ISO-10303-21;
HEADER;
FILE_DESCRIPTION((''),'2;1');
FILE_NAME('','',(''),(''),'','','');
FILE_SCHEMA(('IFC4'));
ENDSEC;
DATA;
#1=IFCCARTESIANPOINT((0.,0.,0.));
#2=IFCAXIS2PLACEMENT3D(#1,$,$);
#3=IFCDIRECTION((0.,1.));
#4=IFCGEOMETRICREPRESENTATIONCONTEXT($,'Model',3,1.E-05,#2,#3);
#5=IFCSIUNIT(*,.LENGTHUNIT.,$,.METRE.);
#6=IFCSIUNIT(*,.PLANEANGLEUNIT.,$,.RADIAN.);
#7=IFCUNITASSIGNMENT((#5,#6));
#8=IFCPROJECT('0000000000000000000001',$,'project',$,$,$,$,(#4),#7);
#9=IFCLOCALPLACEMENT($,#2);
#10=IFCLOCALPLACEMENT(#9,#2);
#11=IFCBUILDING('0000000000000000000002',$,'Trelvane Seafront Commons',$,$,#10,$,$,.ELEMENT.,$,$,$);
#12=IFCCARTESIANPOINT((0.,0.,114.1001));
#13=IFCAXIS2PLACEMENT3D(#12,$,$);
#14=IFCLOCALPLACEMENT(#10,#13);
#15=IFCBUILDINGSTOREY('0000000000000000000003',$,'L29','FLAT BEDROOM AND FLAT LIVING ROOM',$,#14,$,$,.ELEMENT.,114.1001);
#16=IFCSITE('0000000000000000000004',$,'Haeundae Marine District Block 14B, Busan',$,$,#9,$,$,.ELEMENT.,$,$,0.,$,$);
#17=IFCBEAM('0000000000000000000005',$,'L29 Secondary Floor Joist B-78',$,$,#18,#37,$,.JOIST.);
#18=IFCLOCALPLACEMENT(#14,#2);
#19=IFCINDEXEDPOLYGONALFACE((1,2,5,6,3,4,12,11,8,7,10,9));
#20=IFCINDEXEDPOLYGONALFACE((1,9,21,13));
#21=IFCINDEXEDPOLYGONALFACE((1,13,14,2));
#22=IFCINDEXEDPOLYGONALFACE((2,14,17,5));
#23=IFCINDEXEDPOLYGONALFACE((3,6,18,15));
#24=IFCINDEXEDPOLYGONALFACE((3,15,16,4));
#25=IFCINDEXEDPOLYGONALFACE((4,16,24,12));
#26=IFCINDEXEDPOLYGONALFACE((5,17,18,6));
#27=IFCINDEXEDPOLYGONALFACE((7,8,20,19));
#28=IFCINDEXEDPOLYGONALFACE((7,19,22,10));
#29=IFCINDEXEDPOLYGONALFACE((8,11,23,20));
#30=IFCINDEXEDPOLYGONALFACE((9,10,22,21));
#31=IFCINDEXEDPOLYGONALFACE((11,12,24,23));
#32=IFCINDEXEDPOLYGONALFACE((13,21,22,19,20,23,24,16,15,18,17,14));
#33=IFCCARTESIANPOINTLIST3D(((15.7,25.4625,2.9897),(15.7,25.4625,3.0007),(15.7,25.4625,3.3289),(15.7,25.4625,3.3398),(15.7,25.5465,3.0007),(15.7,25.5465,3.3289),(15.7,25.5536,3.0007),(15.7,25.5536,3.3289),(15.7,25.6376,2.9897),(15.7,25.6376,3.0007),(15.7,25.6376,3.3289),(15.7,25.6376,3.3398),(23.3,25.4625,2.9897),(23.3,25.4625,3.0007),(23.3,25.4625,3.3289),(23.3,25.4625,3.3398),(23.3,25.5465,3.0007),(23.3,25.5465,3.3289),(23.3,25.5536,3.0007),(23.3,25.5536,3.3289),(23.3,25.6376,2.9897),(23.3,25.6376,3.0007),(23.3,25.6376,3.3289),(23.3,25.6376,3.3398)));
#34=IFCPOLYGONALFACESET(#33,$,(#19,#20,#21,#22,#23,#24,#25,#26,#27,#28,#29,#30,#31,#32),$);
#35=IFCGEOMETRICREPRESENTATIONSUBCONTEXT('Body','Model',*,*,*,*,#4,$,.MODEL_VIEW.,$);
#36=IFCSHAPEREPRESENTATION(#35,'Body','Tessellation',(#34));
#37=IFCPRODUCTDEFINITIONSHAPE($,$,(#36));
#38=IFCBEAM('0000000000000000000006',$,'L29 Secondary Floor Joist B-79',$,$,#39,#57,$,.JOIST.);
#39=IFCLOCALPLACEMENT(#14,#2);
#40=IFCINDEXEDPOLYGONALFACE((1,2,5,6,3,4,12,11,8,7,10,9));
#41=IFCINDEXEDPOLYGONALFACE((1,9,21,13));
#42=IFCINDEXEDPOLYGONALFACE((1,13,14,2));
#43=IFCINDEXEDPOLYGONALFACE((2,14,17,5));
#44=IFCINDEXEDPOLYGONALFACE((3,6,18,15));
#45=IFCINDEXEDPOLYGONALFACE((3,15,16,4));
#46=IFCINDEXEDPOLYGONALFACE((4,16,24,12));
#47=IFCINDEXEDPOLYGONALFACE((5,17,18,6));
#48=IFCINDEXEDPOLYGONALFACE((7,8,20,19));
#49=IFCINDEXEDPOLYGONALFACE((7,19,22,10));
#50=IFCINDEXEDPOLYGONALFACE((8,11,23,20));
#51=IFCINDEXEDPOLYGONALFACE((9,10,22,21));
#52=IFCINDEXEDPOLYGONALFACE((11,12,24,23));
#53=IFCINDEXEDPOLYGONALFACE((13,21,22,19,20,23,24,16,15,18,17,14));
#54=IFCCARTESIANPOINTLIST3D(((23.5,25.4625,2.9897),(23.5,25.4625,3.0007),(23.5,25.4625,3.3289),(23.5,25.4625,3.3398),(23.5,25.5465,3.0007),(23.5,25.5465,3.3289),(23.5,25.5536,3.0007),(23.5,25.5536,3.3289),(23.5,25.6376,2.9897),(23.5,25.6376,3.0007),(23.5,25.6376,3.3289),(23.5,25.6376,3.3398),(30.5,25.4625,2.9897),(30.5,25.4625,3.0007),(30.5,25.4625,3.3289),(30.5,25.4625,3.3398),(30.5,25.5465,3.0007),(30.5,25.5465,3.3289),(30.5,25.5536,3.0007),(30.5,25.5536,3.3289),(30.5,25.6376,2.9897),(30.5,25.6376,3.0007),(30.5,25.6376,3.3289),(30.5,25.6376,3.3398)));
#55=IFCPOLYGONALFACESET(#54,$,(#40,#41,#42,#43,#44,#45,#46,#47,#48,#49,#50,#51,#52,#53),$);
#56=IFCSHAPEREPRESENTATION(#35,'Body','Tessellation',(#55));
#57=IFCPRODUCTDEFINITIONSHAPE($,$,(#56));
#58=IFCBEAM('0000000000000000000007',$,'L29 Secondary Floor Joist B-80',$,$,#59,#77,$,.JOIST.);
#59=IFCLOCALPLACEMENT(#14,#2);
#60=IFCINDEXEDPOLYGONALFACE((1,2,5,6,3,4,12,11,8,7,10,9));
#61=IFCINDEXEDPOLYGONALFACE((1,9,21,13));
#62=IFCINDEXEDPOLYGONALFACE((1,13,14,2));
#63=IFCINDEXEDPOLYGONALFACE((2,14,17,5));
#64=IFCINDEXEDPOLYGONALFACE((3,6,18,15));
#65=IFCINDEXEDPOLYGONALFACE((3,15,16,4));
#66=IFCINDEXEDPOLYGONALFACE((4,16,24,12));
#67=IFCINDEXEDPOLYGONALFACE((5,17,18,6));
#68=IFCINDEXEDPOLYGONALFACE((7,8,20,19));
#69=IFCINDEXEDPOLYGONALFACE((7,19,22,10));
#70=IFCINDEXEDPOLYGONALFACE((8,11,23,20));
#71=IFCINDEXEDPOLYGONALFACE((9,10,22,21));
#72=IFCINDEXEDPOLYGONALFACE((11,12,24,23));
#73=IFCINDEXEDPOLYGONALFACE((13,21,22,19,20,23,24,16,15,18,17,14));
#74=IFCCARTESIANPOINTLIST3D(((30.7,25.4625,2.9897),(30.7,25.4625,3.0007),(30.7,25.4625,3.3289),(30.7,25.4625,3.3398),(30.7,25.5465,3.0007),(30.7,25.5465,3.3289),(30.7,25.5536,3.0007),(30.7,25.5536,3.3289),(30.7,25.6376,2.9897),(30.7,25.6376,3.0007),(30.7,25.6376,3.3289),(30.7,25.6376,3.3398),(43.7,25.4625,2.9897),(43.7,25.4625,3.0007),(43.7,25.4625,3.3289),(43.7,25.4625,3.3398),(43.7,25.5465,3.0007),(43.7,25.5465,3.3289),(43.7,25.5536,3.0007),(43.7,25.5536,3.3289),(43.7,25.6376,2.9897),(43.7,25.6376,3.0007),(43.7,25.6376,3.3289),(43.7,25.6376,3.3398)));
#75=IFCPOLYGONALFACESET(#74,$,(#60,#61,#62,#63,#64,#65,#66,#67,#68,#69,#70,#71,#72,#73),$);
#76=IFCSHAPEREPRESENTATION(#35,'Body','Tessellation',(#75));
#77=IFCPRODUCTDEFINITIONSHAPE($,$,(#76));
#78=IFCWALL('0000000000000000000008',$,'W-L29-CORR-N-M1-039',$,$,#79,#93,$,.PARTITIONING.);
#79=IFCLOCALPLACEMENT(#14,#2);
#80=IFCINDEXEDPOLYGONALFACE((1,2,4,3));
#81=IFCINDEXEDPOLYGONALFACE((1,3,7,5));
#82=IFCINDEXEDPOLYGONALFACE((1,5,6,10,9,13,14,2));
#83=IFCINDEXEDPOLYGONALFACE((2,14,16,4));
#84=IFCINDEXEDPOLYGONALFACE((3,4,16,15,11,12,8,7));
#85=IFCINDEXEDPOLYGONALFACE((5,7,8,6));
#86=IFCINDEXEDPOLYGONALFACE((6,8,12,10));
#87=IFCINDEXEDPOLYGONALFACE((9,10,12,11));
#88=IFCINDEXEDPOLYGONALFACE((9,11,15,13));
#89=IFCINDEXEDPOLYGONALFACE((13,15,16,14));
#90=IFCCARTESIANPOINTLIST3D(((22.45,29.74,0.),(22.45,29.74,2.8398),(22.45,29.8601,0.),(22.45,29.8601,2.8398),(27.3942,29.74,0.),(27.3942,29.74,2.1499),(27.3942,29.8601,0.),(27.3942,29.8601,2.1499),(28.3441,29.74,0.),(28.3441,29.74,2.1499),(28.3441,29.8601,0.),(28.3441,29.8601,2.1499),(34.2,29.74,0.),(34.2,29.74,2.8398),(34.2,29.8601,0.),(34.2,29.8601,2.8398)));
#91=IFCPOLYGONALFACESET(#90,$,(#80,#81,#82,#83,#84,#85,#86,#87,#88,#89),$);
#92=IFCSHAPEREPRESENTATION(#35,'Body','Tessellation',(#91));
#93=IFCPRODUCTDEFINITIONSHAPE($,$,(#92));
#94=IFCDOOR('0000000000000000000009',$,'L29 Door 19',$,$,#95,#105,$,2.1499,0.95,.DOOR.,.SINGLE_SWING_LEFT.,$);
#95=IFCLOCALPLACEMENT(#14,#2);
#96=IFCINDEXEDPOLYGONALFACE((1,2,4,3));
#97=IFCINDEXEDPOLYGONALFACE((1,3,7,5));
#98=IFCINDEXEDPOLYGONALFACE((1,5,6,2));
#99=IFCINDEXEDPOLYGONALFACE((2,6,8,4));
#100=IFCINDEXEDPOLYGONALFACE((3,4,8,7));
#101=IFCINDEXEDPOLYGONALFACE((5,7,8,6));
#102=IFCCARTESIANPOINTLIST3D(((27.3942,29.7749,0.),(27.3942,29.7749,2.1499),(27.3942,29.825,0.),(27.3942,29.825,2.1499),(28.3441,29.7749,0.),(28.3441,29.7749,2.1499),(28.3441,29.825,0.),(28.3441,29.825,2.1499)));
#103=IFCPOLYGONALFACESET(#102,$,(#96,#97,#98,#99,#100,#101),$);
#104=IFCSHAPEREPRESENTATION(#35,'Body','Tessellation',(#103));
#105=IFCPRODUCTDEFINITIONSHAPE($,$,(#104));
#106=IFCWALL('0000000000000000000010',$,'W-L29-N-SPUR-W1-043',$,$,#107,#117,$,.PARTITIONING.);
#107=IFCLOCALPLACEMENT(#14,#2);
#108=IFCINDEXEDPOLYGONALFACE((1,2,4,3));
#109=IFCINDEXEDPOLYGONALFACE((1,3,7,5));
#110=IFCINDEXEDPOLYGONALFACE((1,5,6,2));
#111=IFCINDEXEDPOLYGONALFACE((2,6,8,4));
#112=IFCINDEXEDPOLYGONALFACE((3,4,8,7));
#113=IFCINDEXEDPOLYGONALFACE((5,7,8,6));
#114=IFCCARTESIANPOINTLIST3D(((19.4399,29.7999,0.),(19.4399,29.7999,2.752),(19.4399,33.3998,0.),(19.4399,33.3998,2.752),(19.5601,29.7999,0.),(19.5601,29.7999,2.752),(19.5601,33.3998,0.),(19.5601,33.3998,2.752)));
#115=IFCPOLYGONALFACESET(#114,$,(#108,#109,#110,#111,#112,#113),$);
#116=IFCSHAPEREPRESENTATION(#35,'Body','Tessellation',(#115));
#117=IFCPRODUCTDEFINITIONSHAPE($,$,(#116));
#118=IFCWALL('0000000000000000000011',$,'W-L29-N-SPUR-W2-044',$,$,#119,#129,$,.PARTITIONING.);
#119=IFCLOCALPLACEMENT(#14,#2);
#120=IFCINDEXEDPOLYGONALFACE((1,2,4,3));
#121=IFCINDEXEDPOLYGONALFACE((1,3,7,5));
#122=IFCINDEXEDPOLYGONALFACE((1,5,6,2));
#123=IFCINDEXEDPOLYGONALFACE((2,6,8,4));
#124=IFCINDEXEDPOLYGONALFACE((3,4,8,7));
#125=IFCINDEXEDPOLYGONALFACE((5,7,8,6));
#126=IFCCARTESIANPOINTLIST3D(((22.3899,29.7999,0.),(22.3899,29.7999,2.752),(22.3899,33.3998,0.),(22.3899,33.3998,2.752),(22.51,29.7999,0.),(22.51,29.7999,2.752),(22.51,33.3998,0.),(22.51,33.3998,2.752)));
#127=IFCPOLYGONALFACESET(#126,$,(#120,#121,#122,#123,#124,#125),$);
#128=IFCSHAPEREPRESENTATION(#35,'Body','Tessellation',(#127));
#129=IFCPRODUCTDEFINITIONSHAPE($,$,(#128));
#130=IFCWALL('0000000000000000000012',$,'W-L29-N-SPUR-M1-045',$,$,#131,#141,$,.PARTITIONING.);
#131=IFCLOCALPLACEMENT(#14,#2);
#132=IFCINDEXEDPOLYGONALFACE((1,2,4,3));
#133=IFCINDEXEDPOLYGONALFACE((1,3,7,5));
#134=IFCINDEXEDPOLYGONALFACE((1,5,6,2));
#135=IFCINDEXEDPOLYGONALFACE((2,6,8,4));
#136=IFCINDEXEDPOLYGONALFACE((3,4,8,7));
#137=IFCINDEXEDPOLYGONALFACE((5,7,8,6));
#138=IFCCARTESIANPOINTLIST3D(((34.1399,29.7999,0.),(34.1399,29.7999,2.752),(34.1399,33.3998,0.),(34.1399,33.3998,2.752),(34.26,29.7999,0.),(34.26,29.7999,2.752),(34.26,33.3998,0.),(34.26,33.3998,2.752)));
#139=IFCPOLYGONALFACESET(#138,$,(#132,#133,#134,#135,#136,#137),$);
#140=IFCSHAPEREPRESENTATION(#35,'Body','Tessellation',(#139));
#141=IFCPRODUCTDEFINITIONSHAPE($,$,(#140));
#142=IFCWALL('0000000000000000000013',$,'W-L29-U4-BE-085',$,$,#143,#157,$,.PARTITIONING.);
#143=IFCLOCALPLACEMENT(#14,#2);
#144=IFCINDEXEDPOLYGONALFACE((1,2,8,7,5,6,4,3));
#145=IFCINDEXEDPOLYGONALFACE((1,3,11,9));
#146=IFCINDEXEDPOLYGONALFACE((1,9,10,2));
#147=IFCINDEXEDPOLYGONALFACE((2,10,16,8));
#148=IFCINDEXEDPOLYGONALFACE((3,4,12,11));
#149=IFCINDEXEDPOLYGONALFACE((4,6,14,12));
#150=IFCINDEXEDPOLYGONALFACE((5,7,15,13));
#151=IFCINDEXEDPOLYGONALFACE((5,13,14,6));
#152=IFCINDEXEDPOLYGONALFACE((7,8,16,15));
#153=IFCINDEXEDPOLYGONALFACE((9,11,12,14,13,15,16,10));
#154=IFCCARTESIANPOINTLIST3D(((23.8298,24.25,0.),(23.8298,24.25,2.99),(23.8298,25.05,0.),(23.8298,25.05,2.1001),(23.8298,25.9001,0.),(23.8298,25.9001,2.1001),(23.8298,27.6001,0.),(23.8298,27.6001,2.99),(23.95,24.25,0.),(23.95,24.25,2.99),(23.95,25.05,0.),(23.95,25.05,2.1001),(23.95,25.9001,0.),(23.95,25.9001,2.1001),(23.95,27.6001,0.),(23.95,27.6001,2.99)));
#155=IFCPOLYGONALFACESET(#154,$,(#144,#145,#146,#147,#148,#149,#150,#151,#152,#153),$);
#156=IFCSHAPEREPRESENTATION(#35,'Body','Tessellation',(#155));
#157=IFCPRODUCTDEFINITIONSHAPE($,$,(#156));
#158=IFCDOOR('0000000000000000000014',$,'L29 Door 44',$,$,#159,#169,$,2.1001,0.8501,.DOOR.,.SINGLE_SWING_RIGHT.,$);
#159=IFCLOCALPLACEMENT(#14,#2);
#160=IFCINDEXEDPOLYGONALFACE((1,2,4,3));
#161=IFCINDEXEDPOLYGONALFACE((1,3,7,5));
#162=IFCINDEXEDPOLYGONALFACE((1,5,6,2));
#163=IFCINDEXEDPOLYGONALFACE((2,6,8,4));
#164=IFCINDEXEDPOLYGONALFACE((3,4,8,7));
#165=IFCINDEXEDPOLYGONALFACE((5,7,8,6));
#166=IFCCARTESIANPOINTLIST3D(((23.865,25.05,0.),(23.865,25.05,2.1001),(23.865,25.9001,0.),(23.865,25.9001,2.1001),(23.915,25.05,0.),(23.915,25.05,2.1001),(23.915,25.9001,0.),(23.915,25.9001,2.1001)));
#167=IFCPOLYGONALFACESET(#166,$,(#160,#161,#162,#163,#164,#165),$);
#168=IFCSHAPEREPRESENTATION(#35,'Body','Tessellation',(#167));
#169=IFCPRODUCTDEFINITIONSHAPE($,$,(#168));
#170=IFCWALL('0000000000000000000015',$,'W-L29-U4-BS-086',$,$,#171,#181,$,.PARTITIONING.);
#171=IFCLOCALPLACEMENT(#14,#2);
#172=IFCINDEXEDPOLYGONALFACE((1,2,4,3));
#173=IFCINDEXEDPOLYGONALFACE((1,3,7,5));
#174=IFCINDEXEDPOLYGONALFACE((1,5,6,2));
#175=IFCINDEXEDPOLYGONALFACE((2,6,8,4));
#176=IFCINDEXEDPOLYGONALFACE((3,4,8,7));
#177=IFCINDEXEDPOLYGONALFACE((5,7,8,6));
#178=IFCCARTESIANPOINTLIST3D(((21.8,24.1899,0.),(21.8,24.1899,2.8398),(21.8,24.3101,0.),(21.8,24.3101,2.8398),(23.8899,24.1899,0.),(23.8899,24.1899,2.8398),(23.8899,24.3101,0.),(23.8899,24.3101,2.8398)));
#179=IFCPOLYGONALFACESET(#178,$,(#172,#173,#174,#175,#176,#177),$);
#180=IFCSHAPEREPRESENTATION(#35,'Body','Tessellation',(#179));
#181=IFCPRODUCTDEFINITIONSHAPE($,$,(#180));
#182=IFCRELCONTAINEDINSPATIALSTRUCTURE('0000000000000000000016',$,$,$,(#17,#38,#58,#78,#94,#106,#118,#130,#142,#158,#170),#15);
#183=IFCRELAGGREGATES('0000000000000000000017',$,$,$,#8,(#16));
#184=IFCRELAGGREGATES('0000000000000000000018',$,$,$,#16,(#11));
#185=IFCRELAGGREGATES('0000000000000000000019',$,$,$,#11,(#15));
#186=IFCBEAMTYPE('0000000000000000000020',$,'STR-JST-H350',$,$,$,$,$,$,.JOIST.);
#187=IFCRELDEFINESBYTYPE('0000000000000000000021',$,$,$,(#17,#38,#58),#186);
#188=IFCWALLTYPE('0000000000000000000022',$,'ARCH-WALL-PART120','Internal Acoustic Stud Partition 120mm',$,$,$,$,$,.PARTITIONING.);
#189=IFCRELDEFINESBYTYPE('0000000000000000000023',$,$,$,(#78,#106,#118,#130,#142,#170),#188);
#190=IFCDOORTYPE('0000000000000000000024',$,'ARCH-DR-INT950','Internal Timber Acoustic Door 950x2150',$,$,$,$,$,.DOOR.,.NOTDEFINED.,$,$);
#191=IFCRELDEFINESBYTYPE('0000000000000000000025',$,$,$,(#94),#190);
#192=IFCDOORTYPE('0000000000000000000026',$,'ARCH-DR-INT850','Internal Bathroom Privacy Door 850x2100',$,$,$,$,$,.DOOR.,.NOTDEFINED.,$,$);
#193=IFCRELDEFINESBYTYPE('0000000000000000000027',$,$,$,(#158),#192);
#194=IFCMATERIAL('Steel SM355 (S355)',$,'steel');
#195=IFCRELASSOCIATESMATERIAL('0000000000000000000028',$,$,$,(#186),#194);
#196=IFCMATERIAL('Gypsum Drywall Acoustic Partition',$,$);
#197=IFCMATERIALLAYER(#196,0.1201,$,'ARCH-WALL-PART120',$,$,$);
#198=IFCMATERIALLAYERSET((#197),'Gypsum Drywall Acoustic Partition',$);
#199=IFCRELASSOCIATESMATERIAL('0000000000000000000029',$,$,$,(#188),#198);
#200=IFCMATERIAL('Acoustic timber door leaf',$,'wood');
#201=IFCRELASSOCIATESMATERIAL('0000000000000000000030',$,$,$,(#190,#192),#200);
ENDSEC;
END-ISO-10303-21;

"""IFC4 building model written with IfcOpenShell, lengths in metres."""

from ifc_helpers import new_model, si_unit, direction, frame, frame_2d, origin, origin_2d, place, context, subcontext, project, spatial, rectangle, i_section, extrude, source, transform, mapped, material, layer, layer_set, material_profile, profile_set, type_object, element, fill, save


model = new_model("IFC4")

# Units and contexts
model_context = context("Model", 3, precision=1e-05, world=origin(), true_north=direction((0.0, 1.0)))
body_context = subcontext(model_context, "Body", "Model", "MODEL_VIEW")
ifc_project = project(units=[si_unit("LENGTHUNIT", "METRE"), si_unit("PLANEANGLEUNIT", "RADIAN")], contexts=[model_context])

# Site, building, storey
site_placement = place(None, origin())
site = spatial("IfcSite", under=ifc_project, at=site_placement, Name="Haeundae Marine District Block 14B, Busan", CompositionType="ELEMENT", RefElevation=0.0)
building_placement = place(site_placement, origin())
building = spatial("IfcBuilding", under=site, at=building_placement, Name="Trelvane Seafront Commons", CompositionType="ELEMENT")
storey_placement = place(building_placement, frame((0.0, 0.0, 114.1001)))
storey = spatial("IfcBuildingStorey", under=building, at=storey_placement, Name="L29", Description="FLAT BEDROOM AND FLAT LIVING ROOM", CompositionType="ELEMENT", Elevation=114.1001)

# Beams
ifc_material_1 = material(Name="Steel SM355 (S355)", Category="steel")
ifc_material_profile = material_profile(ifc_material_1, i_section(OverallWidth=0.175, OverallDepth=0.3501, WebThickness=0.0071, FlangeThickness=0.011, at=origin_2d()), Name="H-350x175x7x11")
ifc_profile_set = profile_set([ifc_material_profile], Name="Steel SM355 (S355)")
beam_type = type_object("IfcBeamType", Name="STR-JST-H350", PredefinedType="JOIST", material=ifc_profile_set)
shared_shape_1 = source(origin(), body_context, "Body", "SweptSolid", [
    extrude(i_section(OverallWidth=0.175, OverallDepth=0.3501, WebThickness=0.0071, FlangeThickness=0.011, at=origin_2d()), origin(), (0.0, 0.0, 1.0), 7.6001),
])
beam_1_placement = place(storey_placement, frame((15.7, 25.55, 3.1648), z_axis=(1.0, 0.0, 0.0), x_axis=(0.0, 1.0, 0.0)))
element("IfcBeam", 1, at=beam_1_placement, inside=storey, type_object=beam_type, Name="L29 Secondary Floor Joist B-78", PredefinedType="JOIST", context=body_context, shape_type="MappedRepresentation", body=[
    mapped(shared_shape_1, transform((0.0, 0.0, 0.0), x_axis=(1.0, 0.0, 0.0), y_axis=(0.0, 1.0, 0.0), z_axis=(0.0, 0.0, 1.0), scale=1.0)),
])
shared_shape_2 = source(origin(), body_context, "Body", "SweptSolid", [
    extrude(i_section(OverallWidth=0.175, OverallDepth=0.3501, WebThickness=0.0071, FlangeThickness=0.011, at=origin_2d()), origin(), (0.0, 0.0, 1.0), 7.0),
])
beam_2_placement = place(storey_placement, frame((23.5, 25.55, 3.1648), z_axis=(1.0, 0.0, 0.0), x_axis=(0.0, 1.0, 0.0)))
element("IfcBeam", 2, at=beam_2_placement, inside=storey, type_object=beam_type, Name="L29 Secondary Floor Joist B-79", PredefinedType="JOIST", context=body_context, shape_type="MappedRepresentation", body=[
    mapped(shared_shape_2, transform((0.0, 0.0, 0.0), x_axis=(1.0, 0.0, 0.0), y_axis=(0.0, 1.0, 0.0), z_axis=(0.0, 0.0, 1.0), scale=1.0)),
])
shared_shape_3 = source(origin(), body_context, "Body", "SweptSolid", [
    extrude(i_section(OverallWidth=0.175, OverallDepth=0.3501, WebThickness=0.0071, FlangeThickness=0.011, at=origin_2d()), origin(), (0.0, 0.0, 1.0), 13.0),
])
beam_3_placement = place(storey_placement, frame((30.7, 25.55, 3.1648), z_axis=(1.0, 0.0, 0.0), x_axis=(0.0, 1.0, 0.0)))
element("IfcBeam", 3, at=beam_3_placement, inside=storey, type_object=beam_type, Name="L29 Secondary Floor Joist B-80", PredefinedType="JOIST", context=body_context, shape_type="MappedRepresentation", body=[
    mapped(shared_shape_3, transform((0.0, 0.0, 0.0), x_axis=(1.0, 0.0, 0.0), y_axis=(0.0, 1.0, 0.0), z_axis=(0.0, 0.0, 1.0), scale=1.0)),
])

# Wall, opening, door
ifc_material_2 = material(Name="Gypsum Drywall Acoustic Partition")
ifc_layer_1 = layer(ifc_material_2, 0.1201, Name="ARCH-WALL-PART120")
ifc_layer_set_1 = layer_set([ifc_layer_1], Name="Gypsum Drywall Acoustic Partition")
wall_type_1 = type_object("IfcWallType", Name="ARCH-WALL-PART120", Description="Internal Acoustic Stud Partition 120mm", PredefinedType="PARTITIONING", material=ifc_layer_set_1)
wall_1_placement = place(storey_placement, frame((22.45, 29.8, 0.0), z_axis=(0.0, 0.0, 1.0), x_axis=(1.0, 0.0, 0.0)))
wall_1 = element("IfcWall", 4, at=wall_1_placement, inside=storey, type_object=wall_type_1, Name="W-L29-CORR-N-M1-039", PredefinedType="PARTITIONING", context=body_context, shape_type="SweptSolid", body=[
    extrude(rectangle(XDim=11.75, YDim=0.1201, at=frame_2d((5.875, 0.0))), origin(), (0.0, 0.0, 1.0), 2.8398),
])
opening_1_placement = place(wall_1_placement, frame((4.9441, 0.0, 0.0)))
opening_1 = element("IfcOpeningElement", 5, at=opening_1_placement, cuts=wall_1, PredefinedType="OPENING", context=body_context, shape_type="SweptSolid", body=[
    extrude(rectangle(XDim=0.95, YDim=2.1499, at=frame_2d((0.4751, 1.075))), frame((0.0, 0.0701, 0.0), z_axis=(0.0, -1.0, 0.0), x_axis=(1.0, 0.0, 0.0)), (0.0, 0.0, 1.0), 0.1401),
])
ifc_material_3 = material(Name="Acoustic timber door leaf", Category="wood")
door_type_1 = type_object("IfcDoorType", Name="ARCH-DR-INT950", Description="Internal Timber Acoustic Door 950x2150", OperationType="NOTDEFINED", PredefinedType="DOOR", material=ifc_material_3)
shared_shape_4 = source(origin(), body_context, "Body", "SweptSolid", [
    extrude(rectangle(XDim=0.95, YDim=2.1499, at=frame_2d((0.4751, 1.075))), frame((0.0, 0.0249, 0.0), z_axis=(0.0, -1.0, 0.0), x_axis=(1.0, 0.0, 0.0)), (0.0, 0.0, 1.0), 0.05),
])
door_1_placement = place(opening_1_placement, origin())
door_1 = element("IfcDoor", 6, at=door_1_placement, inside=storey, type_object=door_type_1, Name="L29 Door 19", OperationType="SINGLE_SWING_LEFT", OverallHeight=2.1499, OverallWidth=0.95, PredefinedType="DOOR", context=body_context, shape_type="MappedRepresentation", body=[
    mapped(shared_shape_4, transform((0.0, 0.0, 0.0), x_axis=(1.0, 0.0, 0.0), y_axis=(0.0, 1.0, 0.0), z_axis=(0.0, 0.0, 1.0), scale=1.0)),
])
fill(opening_1, door_1)

# Walls
for number, where, z_axis, x_axis, name in (
    (7, (19.5, 29.8, 0.0), (0.0, 0.0, 1.0), (0.0, 1.0, 0.0), "W-L29-N-SPUR-W1-043"),
    (8, (22.45, 29.8, 0.0), (0.0, 0.0, 1.0), (0.0, 1.0, 0.0), "W-L29-N-SPUR-W2-044"),
    (9, (34.2, 29.8, 0.0), (0.0, 0.0, 1.0), (0.0, 1.0, 0.0), "W-L29-N-SPUR-M1-045"),
):
    element("IfcWall", number, at=place(storey_placement, frame(where, z_axis=z_axis, x_axis=x_axis)), inside=storey, type_object=wall_type_1, Name=name, PredefinedType="PARTITIONING", context=body_context, shape_type="SweptSolid", body=[
        extrude(rectangle(XDim=3.5999, YDim=0.1201, at=frame_2d((1.7998, 0.0))), origin(), (0.0, 0.0, 1.0), 2.752),
    ])

# Wall, opening, door
wall_2_placement = place(storey_placement, frame((23.8899, 24.25, 0.0), z_axis=(0.0, 0.0, 1.0), x_axis=(0.0, 1.0, 0.0)))
wall_2 = element("IfcWall", 10, at=wall_2_placement, inside=storey, type_object=wall_type_1, Name="W-L29-U4-BE-085", PredefinedType="PARTITIONING", context=body_context, shape_type="SweptSolid", body=[
    extrude(rectangle(XDim=3.3501, YDim=0.1201, at=frame_2d((1.675, 0.0))), origin(), (0.0, 0.0, 1.0), 2.99),
])
opening_2_placement = place(wall_2_placement, frame((0.8, 0.0, 0.0)))
opening_2 = element("IfcOpeningElement", 11, at=opening_2_placement, cuts=wall_2, PredefinedType="OPENING", context=body_context, shape_type="SweptSolid", body=[
    extrude(rectangle(XDim=0.8501, YDim=2.1001, at=frame_2d((0.425, 1.05))), frame((0.0, 0.0701, 0.0), z_axis=(0.0, -1.0, 0.0), x_axis=(1.0, 0.0, 0.0)), (0.0, 0.0, 1.0), 0.1401),
])
door_type_2 = type_object("IfcDoorType", Name="ARCH-DR-INT850", Description="Internal Bathroom Privacy Door 850x2100", OperationType="NOTDEFINED", PredefinedType="DOOR", material=ifc_material_3)
shared_shape_5 = source(origin(), body_context, "Body", "SweptSolid", [
    extrude(rectangle(XDim=0.8501, YDim=2.1001, at=frame_2d((0.425, 1.05))), frame((0.0, 0.0249, 0.0), z_axis=(0.0, -1.0, 0.0), x_axis=(1.0, 0.0, 0.0)), (0.0, 0.0, 1.0), 0.05),
])
door_2_placement = place(opening_2_placement, origin())
door_2 = element("IfcDoor", 12, at=door_2_placement, inside=storey, type_object=door_type_2, Name="L29 Door 44", OperationType="SINGLE_SWING_RIGHT", OverallHeight=2.1001, OverallWidth=0.8501, PredefinedType="DOOR", context=body_context, shape_type="MappedRepresentation", body=[
    mapped(shared_shape_5, transform((0.0, 0.0, 0.0), x_axis=(1.0, 0.0, 0.0), y_axis=(0.0, 1.0, 0.0), z_axis=(0.0, 0.0, 1.0), scale=1.0)),
])
fill(opening_2, door_2)

# Wall
wall_3_placement = place(storey_placement, frame((21.8, 24.25, 0.0), z_axis=(0.0, 0.0, 1.0), x_axis=(1.0, 0.0, 0.0)))
element("IfcWall", 13, at=wall_3_placement, inside=storey, type_object=wall_type_1, Name="W-L29-U4-BS-086", PredefinedType="PARTITIONING", context=body_context, shape_type="SweptSolid", body=[
    extrude(rectangle(XDim=2.0898, YDim=0.1201, at=frame_2d((1.0449, 0.0))), origin(), (0.0, 0.0, 1.0), 2.8398),
])

save(model, "model.ifc")
